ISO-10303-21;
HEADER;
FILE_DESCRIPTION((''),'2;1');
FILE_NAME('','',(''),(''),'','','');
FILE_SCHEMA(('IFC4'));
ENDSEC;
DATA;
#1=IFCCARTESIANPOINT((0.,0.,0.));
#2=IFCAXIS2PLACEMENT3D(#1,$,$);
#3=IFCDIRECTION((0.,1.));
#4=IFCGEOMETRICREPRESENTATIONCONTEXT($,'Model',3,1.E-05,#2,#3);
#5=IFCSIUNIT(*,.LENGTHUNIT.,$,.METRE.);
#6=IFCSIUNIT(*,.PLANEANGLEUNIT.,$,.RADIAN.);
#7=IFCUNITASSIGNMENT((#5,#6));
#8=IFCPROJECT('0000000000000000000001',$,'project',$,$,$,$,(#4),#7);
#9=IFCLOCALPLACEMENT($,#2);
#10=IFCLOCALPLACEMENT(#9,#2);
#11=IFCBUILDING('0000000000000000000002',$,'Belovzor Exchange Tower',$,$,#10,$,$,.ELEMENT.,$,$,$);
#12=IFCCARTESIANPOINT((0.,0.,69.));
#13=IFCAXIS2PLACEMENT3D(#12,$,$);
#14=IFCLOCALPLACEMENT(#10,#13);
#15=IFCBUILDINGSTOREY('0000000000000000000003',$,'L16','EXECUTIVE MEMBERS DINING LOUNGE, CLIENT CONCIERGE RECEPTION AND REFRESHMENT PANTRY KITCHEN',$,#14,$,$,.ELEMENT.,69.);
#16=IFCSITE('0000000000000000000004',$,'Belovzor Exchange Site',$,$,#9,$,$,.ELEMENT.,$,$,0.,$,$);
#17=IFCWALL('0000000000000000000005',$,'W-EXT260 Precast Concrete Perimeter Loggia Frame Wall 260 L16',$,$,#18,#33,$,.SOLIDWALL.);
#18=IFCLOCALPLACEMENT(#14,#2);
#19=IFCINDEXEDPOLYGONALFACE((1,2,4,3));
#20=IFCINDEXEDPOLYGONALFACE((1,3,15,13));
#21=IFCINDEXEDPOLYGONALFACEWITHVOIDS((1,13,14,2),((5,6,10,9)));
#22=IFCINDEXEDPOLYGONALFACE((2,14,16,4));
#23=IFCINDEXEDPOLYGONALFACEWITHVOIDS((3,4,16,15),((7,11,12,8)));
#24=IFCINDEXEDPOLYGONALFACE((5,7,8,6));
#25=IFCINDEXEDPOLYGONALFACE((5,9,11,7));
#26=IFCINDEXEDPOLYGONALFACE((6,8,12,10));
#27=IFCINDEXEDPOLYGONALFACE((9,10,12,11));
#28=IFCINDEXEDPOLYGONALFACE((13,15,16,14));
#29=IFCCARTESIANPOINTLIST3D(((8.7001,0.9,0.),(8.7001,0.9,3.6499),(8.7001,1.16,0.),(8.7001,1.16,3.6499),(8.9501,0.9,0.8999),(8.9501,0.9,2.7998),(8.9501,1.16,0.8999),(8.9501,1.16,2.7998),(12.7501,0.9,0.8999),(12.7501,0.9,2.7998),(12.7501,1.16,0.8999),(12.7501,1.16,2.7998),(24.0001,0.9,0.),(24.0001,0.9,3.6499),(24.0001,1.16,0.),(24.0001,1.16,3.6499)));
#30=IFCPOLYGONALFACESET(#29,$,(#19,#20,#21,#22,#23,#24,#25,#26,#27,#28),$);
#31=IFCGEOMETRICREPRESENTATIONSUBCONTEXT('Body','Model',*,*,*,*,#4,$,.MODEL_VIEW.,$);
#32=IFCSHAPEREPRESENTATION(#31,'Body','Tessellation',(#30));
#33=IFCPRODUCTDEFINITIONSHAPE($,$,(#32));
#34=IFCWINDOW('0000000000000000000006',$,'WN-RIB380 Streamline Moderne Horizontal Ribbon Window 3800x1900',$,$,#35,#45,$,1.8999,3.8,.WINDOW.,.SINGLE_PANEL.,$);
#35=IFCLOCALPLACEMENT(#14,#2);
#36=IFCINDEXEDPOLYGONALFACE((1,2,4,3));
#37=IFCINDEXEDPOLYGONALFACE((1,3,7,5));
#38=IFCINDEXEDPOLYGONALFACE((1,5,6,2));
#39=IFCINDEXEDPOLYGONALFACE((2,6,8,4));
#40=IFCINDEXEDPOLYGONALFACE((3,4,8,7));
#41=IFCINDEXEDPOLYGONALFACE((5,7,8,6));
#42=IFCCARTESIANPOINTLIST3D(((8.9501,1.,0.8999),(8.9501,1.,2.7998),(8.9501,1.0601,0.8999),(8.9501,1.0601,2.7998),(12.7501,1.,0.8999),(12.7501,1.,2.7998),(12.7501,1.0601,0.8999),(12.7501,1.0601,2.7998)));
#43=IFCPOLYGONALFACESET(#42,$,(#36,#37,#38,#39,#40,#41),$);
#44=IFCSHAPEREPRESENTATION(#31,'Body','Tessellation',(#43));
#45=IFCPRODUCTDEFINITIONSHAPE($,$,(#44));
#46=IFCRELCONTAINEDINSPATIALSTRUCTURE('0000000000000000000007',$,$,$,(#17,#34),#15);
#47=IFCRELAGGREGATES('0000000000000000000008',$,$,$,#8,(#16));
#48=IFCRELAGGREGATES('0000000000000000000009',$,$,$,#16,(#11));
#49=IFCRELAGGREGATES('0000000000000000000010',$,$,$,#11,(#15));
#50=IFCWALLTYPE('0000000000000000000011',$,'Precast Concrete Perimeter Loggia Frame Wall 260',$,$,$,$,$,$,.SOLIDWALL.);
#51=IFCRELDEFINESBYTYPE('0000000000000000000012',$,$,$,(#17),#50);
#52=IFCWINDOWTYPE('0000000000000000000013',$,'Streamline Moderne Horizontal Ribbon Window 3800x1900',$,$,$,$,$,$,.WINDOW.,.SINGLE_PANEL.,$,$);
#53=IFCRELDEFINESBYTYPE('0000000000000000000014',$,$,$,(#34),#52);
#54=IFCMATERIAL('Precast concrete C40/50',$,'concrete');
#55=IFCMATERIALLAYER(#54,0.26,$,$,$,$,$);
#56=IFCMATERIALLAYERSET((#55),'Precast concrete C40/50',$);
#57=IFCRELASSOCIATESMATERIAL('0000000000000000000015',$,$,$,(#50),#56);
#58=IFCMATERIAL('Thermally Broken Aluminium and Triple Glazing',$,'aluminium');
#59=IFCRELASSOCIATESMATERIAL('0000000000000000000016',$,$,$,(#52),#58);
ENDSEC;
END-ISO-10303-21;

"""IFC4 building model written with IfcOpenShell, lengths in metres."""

from ifc_helpers import new_model, si_unit, direction, frame, frame_2d, origin, place, context, subcontext, project, spatial, rectangle, extrude, material, layer, layer_set, type_object, element, fill, save


model = new_model("IFC4")

# Units and contexts
model_context = context("Model", 3, precision=1e-05, world=origin(), true_north=direction((0.0, 1.0)))
body_context = subcontext(model_context, "Body", "Model", "MODEL_VIEW")
ifc_project = project(units=[si_unit("LENGTHUNIT", "METRE"), si_unit("PLANEANGLEUNIT", "RADIAN")], contexts=[model_context])

# Site, building, storey
site_placement = place(None, origin())
site = spatial("IfcSite", under=ifc_project, at=site_placement, Name="Belovzor Exchange Site", CompositionType="ELEMENT", RefElevation=0.0)
building_placement = place(site_placement, origin())
building = spatial("IfcBuilding", under=site, at=building_placement, Name="Belovzor Exchange Tower", CompositionType="ELEMENT")
storey_placement = place(building_placement, frame((0.0, 0.0, 69.0)))
storey = spatial("IfcBuildingStorey", under=building, at=storey_placement, Name="L16", Description="EXECUTIVE MEMBERS DINING LOUNGE, CLIENT CONCIERGE RECEPTION AND REFRESHMENT PANTRY KITCHEN", CompositionType="ELEMENT", Elevation=69.0)

# Wall, opening, window
ifc_material_1 = material(Name="Precast concrete C40/50", Category="concrete")
ifc_layer_1 = layer(ifc_material_1, 0.26)
ifc_layer_set_1 = layer_set([ifc_layer_1], Name="Precast concrete C40/50")
wall_type_1 = type_object("IfcWallType", Name="Precast Concrete Perimeter Loggia Frame Wall 260", PredefinedType="SOLIDWALL", material=ifc_layer_set_1)
wall_1_placement = place(storey_placement, frame((24.0, 1.03, 0.0), z_axis=(0.0, 0.0, 1.0), x_axis=(-1.0, 0.0, 0.0)))
wall_1 = element("IfcWall", 1, at=wall_1_placement, inside=storey, type_object=wall_type_1, Name="W-EXT260 Precast Concrete Perimeter Loggia Frame Wall 260 L16", PredefinedType="SOLIDWALL", context=body_context, shape_type="SweptSolid", body=[
    extrude(rectangle(XDim=15.3, YDim=0.26, at=frame_2d((7.6499, 0.0))), origin(), (0.0, 0.0, 1.0), 3.6499),
])
opening_1_placement = place(wall_1_placement, frame((11.25, 0.0, 0.8999)))
opening_1 = element("IfcOpeningElement", 2, at=opening_1_placement, cuts=wall_1, PredefinedType="OPENING", context=body_context, shape_type="SweptSolid", body=[
    extrude(rectangle(XDim=3.8, YDim=1.8999, at=frame_2d((1.8999, 0.95))), frame((0.0, 0.1399, 0.0), z_axis=(0.0, -1.0, 0.0), x_axis=(1.0, 0.0, 0.0)), (0.0, 0.0, 1.0), 0.28),
])
ifc_material_2 = material(Name="Thermally Broken Aluminium and Triple Glazing", Category="aluminium")
window_type = type_object("IfcWindowType", Name="Streamline Moderne Horizontal Ribbon Window 3800x1900", PartitioningType="SINGLE_PANEL", PredefinedType="WINDOW", material=ifc_material_2)
window_placement = place(opening_1_placement, origin())
window = element("IfcWindow", 3, at=window_placement, inside=storey, type_object=window_type, Name="WN-RIB380 Streamline Moderne Horizontal Ribbon Window 3800x1900", OverallHeight=1.8999, OverallWidth=3.8, PartitioningType="SINGLE_PANEL", PredefinedType="WINDOW", context=body_context, shape_type="SweptSolid", body=[
    extrude(rectangle(XDim=3.8, YDim=1.8999, at=frame_2d((1.8999, 0.95))), frame((0.0, 0.03, 0.0), z_axis=(0.0, -1.0, 0.0), x_axis=(1.0, 0.0, 0.0)), (0.0, 0.0, 1.0), 0.0601),
])
fill(opening_1, window)

save(model, "model.ifc")
